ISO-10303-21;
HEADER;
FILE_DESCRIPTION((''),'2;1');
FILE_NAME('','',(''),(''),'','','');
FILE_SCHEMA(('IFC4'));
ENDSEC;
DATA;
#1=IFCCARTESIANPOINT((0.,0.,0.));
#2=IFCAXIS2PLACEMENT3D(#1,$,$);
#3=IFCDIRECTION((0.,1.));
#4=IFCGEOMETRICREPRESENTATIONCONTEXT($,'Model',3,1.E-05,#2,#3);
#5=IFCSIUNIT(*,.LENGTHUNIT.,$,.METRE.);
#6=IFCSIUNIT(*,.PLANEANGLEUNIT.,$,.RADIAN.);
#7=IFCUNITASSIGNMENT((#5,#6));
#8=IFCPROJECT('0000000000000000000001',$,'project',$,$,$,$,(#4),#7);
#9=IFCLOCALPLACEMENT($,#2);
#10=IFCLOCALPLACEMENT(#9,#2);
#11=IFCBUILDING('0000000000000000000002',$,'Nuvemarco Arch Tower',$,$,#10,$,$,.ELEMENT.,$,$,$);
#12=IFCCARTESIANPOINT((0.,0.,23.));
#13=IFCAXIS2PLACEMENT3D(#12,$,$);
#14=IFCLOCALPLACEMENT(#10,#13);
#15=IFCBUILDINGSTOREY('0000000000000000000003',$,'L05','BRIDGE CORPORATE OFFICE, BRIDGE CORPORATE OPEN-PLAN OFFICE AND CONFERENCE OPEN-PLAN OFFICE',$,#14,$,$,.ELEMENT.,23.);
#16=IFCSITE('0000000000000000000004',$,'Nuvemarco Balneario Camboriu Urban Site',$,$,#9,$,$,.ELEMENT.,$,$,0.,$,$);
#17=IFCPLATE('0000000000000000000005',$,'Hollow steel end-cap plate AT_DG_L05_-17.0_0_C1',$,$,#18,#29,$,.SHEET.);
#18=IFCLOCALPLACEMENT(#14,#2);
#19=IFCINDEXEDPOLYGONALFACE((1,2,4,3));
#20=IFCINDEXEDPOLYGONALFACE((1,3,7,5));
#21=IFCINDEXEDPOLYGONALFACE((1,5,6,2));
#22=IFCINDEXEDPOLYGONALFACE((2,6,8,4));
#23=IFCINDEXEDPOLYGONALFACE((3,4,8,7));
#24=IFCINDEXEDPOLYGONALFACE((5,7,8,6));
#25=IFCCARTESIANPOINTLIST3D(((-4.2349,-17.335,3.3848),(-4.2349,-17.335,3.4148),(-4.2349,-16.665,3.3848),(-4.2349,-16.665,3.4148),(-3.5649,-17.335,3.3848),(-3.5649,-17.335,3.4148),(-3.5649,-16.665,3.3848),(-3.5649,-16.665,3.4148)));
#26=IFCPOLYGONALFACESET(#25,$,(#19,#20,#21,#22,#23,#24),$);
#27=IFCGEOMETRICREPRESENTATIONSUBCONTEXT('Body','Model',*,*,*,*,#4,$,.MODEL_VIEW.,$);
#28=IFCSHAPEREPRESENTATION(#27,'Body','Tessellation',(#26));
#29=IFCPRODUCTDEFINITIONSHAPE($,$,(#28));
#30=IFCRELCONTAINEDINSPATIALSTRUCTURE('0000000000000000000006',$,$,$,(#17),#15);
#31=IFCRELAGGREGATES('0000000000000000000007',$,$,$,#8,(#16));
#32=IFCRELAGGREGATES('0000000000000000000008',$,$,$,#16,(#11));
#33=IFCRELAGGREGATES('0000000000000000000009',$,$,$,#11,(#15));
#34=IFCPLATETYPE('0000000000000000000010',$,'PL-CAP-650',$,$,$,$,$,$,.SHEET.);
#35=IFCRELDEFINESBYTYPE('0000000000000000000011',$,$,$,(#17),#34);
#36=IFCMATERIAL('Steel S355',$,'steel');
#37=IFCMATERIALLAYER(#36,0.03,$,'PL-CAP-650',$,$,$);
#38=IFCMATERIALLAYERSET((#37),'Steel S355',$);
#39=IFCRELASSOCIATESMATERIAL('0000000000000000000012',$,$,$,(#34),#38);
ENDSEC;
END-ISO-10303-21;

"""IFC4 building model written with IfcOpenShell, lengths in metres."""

from ifc_helpers import new_model, si_unit, direction, frame, origin, origin_2d, place, context, subcontext, project, spatial, rectangle, extrude, source, transform, mapped, material, layer, layer_set, type_object, type_shapes, element, save


model = new_model("IFC4")

# Units and contexts
model_context = context("Model", 3, precision=1e-05, world=origin(), true_north=direction((0.0, 1.0)))
body_context = subcontext(model_context, "Body", "Model", "MODEL_VIEW")
ifc_project = project(units=[si_unit("LENGTHUNIT", "METRE"), si_unit("PLANEANGLEUNIT", "RADIAN")], contexts=[model_context])

# Site, building, storey
site_placement = place(None, origin())
site = spatial("IfcSite", under=ifc_project, at=site_placement, Name="Nuvemarco Balneario Camboriu Urban Site", CompositionType="ELEMENT", RefElevation=0.0)
building_placement = place(site_placement, origin())
building = spatial("IfcBuilding", under=site, at=building_placement, Name="Nuvemarco Arch Tower", CompositionType="ELEMENT")
storey_placement = place(building_placement, frame((0.0, 0.0, 23.0)))
storey = spatial("IfcBuildingStorey", under=building, at=storey_placement, Name="L05", Description="BRIDGE CORPORATE OFFICE, BRIDGE CORPORATE OPEN-PLAN OFFICE AND CONFERENCE OPEN-PLAN OFFICE", CompositionType="ELEMENT", Elevation=23.0)

# Shared definitions
ifc_material_1 = material(Name="Steel S355", Category="steel")

# Plate
ifc_layer_1 = layer(ifc_material_1, 0.03, Name="PL-CAP-650")
ifc_layer_set_1 = layer_set([ifc_layer_1], Name="Steel S355")
plate_type_1 = type_object("IfcPlateType", Name="PL-CAP-650", PredefinedType="SHEET", material=ifc_layer_set_1)
shared_shape_1 = source(origin(), body_context, "Body", "SweptSolid", [
    extrude(rectangle(XDim=0.6699, YDim=0.6699, at=origin_2d()), origin(), (0.0, 0.0, 1.0), 0.03),
])
type_shapes(plate_type_1, [shared_shape_1])
plate_1_placement = place(storey_placement, frame((-3.8999, -17.0, 3.3848), z_axis=(0.0, 0.0, 1.0), x_axis=(1.0, 0.0, 0.0)))
element("IfcPlate", 1, at=plate_1_placement, inside=storey, type_object=plate_type_1, Name="Hollow steel end-cap plate AT_DG_L05_-17.0_0_C1", PredefinedType="SHEET", context=body_context, shape_type="MappedRepresentation", body=[
    mapped(shared_shape_1, transform((0.0, 0.0, 0.0), scale=1.0)),
])

save(model, "model.ifc")
